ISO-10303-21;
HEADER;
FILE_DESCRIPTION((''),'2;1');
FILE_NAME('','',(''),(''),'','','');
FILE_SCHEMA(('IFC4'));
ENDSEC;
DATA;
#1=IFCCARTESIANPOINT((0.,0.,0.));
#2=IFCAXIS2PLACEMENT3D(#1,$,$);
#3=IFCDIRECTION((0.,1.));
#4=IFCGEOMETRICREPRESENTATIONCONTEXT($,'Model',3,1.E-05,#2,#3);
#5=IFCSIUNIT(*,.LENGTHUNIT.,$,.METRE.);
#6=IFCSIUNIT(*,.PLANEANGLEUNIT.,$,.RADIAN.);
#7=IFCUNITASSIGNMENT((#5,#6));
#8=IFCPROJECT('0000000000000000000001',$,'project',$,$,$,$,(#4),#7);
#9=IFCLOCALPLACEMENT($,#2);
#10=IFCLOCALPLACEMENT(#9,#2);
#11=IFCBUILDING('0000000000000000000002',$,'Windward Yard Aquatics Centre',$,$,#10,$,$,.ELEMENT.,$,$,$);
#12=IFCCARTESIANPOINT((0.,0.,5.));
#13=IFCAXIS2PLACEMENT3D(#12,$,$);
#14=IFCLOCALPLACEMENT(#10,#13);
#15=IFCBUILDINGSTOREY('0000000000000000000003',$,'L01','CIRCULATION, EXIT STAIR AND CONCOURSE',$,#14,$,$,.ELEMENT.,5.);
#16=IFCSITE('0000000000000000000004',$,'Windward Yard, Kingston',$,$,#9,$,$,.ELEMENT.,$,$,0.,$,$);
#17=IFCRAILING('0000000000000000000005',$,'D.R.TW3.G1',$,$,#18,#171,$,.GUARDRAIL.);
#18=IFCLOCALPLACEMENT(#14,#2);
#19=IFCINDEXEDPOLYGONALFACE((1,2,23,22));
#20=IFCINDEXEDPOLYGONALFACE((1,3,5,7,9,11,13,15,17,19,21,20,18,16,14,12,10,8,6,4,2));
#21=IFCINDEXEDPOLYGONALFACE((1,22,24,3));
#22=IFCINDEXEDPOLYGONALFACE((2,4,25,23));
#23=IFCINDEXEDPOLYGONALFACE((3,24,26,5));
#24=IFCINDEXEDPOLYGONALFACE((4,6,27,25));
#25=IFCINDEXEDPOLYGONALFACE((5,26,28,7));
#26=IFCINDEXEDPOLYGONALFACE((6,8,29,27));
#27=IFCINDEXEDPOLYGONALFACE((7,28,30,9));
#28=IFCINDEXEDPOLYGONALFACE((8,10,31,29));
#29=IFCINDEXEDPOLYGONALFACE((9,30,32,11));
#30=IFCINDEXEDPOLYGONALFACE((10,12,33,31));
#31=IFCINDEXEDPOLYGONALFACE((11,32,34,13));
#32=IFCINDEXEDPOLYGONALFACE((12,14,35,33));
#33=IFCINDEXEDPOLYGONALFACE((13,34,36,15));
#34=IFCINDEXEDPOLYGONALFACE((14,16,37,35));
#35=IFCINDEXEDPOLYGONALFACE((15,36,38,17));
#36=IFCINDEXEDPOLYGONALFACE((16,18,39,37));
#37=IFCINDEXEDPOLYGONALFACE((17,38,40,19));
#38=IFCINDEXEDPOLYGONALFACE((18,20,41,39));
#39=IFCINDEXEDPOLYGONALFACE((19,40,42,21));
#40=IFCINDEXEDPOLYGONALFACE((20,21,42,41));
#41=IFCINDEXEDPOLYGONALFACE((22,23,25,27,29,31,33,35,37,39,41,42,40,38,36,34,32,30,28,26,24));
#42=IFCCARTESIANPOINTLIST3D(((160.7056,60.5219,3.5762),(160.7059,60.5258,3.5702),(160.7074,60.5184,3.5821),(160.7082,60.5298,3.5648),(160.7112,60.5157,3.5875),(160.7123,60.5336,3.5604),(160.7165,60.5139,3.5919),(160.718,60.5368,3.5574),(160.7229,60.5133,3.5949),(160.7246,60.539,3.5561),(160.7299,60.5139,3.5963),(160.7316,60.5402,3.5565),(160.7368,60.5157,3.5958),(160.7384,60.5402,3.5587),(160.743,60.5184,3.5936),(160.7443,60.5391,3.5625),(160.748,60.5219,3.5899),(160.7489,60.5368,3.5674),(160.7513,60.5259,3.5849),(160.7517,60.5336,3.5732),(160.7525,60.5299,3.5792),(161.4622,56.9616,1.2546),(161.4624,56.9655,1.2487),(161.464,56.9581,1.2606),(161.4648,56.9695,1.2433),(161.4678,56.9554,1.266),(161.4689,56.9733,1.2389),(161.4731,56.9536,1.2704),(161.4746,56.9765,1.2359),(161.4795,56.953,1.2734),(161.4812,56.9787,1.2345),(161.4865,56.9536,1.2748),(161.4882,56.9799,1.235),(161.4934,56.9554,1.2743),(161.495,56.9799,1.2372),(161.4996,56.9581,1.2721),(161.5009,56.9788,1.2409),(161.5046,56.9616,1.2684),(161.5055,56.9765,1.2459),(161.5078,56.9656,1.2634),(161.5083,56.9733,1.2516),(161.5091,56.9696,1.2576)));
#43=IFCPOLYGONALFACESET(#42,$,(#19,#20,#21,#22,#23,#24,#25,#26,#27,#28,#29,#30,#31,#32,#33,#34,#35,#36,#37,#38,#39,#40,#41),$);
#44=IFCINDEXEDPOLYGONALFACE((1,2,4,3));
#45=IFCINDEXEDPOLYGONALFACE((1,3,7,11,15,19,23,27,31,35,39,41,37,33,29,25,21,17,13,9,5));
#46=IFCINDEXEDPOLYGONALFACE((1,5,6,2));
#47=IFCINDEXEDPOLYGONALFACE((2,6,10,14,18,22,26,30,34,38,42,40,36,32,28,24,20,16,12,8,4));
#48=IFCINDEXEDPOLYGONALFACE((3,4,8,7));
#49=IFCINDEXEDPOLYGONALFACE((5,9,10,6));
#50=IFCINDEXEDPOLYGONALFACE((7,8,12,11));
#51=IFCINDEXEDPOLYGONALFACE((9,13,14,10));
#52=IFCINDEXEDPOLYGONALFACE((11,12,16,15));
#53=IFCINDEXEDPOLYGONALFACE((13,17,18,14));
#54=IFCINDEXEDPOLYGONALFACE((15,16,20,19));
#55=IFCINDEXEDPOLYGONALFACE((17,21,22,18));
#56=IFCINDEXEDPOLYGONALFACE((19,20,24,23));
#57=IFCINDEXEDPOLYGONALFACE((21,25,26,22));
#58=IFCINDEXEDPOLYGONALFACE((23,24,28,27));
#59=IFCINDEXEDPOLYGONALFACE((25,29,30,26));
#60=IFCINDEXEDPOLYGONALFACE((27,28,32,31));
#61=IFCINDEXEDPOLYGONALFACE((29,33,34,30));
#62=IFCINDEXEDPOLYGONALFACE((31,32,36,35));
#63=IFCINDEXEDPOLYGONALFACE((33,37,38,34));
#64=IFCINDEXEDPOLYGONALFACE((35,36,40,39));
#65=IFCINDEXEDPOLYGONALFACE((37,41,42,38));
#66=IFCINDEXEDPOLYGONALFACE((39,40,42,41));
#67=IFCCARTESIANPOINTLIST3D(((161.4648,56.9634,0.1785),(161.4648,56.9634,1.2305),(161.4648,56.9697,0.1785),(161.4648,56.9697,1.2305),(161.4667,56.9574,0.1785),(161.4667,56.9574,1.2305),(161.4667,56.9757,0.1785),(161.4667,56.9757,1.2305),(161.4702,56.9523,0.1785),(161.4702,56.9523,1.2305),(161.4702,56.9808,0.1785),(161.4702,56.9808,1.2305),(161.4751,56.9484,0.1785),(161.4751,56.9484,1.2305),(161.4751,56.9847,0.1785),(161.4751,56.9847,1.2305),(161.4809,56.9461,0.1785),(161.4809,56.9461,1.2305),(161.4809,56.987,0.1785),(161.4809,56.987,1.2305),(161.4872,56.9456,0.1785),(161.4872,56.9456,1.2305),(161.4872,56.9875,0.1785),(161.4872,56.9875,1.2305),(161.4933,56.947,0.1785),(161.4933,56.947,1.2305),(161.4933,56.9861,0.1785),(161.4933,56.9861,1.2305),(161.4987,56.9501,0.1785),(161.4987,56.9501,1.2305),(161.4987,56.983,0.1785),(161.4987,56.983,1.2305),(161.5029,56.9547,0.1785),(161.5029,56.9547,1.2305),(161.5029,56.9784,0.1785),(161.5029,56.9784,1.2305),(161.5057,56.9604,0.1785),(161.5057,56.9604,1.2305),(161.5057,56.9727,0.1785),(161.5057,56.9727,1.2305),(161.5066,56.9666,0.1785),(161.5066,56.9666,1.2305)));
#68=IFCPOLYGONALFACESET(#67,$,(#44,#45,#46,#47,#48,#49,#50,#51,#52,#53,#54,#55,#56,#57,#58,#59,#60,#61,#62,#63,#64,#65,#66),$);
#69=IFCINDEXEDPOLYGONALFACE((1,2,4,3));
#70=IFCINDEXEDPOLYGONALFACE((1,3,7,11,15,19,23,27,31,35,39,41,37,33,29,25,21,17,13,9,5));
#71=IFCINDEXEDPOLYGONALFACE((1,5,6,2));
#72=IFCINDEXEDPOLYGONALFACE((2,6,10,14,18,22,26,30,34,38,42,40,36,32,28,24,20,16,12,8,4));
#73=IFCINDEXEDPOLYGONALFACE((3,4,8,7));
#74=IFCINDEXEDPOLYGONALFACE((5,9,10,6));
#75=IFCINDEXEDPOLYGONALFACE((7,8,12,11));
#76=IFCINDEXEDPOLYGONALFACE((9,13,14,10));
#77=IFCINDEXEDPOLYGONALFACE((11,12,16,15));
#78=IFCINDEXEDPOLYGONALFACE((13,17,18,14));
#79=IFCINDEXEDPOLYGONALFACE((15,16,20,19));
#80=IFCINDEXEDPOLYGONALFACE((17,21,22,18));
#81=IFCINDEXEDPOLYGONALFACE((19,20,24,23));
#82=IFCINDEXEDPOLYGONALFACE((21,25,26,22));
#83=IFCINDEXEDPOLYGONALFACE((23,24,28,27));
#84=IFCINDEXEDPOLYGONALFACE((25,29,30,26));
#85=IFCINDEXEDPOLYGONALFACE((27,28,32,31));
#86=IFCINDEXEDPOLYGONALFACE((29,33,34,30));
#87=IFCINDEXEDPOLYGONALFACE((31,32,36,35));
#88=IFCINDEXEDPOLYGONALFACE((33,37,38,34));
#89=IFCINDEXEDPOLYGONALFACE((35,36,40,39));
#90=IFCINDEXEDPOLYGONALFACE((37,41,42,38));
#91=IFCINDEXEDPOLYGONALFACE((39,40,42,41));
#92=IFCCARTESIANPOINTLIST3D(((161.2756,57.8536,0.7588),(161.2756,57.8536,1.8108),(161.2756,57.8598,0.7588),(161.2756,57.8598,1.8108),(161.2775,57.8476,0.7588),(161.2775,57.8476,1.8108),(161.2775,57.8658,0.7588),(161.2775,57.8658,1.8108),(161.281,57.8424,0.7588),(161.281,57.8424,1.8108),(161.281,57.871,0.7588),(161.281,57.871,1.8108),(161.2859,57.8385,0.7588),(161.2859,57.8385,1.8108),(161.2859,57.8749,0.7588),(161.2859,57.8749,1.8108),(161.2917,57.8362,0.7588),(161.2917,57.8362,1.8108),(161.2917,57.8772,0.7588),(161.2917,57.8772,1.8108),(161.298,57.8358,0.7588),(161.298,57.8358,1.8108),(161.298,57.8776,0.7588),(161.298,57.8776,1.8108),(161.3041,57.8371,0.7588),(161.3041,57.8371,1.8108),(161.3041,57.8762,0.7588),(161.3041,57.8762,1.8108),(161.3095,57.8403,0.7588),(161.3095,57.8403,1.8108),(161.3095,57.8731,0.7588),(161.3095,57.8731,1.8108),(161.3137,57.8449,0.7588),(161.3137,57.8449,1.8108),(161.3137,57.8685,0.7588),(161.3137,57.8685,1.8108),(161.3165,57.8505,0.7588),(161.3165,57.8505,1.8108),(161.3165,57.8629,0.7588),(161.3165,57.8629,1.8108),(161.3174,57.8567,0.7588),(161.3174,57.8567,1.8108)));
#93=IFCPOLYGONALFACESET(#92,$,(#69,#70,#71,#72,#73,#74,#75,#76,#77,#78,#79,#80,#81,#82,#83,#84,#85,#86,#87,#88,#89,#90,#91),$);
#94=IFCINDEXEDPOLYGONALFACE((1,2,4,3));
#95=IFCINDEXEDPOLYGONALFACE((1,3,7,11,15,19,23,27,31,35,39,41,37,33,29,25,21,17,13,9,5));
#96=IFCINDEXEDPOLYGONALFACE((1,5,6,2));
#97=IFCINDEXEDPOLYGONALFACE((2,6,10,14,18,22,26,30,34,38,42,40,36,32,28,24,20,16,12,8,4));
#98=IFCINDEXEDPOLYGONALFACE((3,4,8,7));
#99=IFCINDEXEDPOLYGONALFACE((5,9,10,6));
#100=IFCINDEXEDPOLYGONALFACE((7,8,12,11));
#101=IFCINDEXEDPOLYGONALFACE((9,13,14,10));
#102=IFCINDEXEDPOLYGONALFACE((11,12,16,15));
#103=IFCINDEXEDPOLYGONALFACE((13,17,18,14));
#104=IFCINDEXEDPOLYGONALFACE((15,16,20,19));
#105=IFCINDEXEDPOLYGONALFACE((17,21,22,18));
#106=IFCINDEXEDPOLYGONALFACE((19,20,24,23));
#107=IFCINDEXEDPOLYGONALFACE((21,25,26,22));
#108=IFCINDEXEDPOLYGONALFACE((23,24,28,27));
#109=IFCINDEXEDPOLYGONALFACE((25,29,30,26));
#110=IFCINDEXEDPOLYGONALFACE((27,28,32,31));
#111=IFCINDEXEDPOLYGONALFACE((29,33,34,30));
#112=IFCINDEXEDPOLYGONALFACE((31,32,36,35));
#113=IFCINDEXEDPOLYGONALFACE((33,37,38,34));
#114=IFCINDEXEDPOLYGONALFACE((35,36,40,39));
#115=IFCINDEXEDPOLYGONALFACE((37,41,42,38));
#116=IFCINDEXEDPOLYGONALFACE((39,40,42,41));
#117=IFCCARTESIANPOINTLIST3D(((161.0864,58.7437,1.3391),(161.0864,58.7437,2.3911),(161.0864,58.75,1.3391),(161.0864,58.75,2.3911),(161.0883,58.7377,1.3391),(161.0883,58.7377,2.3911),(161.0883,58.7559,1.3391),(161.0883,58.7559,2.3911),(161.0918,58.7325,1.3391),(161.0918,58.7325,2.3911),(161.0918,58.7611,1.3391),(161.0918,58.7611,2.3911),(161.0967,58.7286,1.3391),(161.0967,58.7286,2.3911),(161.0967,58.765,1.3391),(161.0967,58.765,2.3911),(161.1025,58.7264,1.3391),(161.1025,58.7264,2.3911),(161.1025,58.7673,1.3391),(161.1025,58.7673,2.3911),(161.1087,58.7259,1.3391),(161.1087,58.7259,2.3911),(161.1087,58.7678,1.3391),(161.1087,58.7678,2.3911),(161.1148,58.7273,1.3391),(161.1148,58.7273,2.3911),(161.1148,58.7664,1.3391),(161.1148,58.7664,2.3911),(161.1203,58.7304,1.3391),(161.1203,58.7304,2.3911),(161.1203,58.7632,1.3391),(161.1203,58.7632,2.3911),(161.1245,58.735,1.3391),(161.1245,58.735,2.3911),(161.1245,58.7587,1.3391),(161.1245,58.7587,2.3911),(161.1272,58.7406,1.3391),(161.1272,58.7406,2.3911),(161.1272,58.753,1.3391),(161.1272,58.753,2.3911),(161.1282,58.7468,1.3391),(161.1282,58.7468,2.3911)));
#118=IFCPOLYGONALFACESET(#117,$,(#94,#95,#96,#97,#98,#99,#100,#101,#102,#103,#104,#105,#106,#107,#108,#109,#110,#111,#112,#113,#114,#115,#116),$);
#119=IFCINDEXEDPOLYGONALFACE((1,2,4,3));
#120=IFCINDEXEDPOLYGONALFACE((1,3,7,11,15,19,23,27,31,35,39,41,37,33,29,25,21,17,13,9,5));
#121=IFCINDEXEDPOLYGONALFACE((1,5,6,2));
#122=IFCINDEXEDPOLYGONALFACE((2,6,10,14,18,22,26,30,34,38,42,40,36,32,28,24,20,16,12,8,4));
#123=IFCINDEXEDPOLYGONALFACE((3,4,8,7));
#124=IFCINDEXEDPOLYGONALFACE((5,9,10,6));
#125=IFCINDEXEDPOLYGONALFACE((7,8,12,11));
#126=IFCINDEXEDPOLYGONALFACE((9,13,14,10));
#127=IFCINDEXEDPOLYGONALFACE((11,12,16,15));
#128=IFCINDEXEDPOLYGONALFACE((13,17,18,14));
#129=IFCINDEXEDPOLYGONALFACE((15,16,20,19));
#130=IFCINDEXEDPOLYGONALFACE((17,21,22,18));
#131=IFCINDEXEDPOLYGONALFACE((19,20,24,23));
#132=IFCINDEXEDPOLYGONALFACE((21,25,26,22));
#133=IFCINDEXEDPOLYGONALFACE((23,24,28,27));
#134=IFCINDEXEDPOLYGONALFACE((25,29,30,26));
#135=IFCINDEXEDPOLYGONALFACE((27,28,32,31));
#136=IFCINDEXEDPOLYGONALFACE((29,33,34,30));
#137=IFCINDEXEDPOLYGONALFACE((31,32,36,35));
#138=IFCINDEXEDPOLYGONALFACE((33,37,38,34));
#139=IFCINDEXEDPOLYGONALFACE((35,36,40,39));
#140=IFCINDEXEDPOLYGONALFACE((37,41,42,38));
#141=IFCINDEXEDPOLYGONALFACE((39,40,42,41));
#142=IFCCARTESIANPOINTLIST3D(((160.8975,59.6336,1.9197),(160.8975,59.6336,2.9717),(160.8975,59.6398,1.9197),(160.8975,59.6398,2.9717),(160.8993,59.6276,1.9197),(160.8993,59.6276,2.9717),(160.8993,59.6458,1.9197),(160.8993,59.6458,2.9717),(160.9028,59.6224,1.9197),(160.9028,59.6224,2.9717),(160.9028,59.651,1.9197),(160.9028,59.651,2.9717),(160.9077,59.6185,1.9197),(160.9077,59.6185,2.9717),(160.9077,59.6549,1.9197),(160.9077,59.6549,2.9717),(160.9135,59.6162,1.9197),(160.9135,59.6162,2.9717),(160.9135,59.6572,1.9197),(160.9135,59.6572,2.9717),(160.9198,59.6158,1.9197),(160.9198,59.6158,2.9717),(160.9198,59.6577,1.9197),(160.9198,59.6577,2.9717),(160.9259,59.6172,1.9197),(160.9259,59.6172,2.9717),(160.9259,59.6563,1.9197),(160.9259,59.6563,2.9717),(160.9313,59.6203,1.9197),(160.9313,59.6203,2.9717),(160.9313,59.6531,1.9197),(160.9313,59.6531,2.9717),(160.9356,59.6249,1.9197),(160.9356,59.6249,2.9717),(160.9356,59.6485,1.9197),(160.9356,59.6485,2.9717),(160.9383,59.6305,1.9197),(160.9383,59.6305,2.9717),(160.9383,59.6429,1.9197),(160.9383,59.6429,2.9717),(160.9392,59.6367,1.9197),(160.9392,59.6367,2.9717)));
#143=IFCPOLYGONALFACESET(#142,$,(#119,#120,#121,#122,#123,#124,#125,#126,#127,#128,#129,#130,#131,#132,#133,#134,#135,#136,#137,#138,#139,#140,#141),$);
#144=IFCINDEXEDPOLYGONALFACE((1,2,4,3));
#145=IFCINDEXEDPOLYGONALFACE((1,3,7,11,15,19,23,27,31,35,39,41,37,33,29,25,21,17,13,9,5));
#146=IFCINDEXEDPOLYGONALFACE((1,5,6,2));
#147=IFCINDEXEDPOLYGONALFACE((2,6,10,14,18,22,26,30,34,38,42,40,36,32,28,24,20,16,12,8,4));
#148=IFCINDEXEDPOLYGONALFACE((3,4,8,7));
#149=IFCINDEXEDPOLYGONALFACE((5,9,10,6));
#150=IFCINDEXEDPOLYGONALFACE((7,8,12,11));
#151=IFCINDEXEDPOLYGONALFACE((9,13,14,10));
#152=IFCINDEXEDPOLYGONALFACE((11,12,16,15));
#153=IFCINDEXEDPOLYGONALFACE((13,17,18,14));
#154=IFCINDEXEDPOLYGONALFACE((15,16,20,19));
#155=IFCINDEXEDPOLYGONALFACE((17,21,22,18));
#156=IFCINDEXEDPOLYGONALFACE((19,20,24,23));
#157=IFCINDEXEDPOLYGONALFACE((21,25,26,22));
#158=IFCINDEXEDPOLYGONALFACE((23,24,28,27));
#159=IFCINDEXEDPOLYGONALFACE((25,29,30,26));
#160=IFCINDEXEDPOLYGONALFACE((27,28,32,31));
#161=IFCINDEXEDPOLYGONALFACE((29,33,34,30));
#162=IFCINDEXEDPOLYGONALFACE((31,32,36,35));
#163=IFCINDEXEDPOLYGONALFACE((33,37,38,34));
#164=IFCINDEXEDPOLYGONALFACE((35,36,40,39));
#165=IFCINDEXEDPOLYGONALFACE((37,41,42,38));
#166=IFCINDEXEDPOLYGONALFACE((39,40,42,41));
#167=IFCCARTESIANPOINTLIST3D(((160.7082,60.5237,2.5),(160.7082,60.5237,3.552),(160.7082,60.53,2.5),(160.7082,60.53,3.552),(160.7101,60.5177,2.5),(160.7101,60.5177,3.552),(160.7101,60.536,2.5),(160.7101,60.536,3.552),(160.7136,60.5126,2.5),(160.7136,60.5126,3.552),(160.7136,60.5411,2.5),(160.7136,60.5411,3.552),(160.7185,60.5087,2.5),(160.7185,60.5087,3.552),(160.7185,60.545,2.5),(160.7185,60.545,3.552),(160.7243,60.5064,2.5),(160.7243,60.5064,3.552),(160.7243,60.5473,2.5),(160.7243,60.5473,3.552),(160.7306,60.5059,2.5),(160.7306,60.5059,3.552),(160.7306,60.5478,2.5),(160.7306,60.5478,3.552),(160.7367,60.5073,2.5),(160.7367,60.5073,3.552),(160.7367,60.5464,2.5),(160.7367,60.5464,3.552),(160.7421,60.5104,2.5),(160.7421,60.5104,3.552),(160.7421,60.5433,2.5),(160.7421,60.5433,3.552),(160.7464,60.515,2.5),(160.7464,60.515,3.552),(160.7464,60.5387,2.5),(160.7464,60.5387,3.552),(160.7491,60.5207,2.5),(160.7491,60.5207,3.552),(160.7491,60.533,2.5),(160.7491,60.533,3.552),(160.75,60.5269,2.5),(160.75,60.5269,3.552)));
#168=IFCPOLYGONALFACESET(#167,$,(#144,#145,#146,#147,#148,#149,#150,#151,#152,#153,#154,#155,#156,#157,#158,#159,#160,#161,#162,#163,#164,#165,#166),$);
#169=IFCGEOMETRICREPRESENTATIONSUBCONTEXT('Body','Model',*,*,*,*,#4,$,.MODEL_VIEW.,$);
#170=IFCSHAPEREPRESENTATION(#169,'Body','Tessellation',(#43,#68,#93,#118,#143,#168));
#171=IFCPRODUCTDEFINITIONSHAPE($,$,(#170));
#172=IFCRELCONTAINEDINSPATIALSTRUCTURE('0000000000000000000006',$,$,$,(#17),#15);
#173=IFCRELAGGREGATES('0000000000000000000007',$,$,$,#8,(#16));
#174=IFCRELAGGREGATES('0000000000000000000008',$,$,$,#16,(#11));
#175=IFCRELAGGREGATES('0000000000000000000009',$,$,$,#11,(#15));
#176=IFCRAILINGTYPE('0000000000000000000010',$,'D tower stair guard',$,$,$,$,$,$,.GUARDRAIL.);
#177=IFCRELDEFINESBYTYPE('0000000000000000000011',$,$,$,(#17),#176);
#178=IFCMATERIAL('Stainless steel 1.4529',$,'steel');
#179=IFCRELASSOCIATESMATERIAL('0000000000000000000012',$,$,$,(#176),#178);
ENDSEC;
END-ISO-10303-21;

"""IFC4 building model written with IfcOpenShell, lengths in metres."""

from ifc_helpers import new_model, si_unit, direction, frame, origin, origin_2d, place, context, subcontext, project, spatial, circle, extrude, material, type_object, element, save


model = new_model("IFC4")

# Units and contexts
model_context = context("Model", 3, precision=1e-05, world=origin(), true_north=direction((0.0, 1.0)))
body_context = subcontext(model_context, "Body", "Model", "MODEL_VIEW")
ifc_project = project(units=[si_unit("LENGTHUNIT", "METRE"), si_unit("PLANEANGLEUNIT", "RADIAN")], contexts=[model_context])

# Site, building, storey
site_placement = place(None, origin())
site = spatial("IfcSite", under=ifc_project, at=site_placement, Name="Windward Yard, Kingston", CompositionType="ELEMENT", RefElevation=0.0)
building_placement = place(site_placement, origin())
building = spatial("IfcBuilding", under=site, at=building_placement, Name="Windward Yard Aquatics Centre", CompositionType="ELEMENT")
storey_placement = place(building_placement, frame((0.0, 0.0, 5.0)))
storey = spatial("IfcBuildingStorey", under=building, at=storey_placement, Name="L01", Description="CIRCULATION, EXIT STAIR AND CONCOURSE", CompositionType="ELEMENT", Elevation=5.0)

# Shared definitions
ifc_material_1 = material(Name="Stainless steel 1.4529", Category="steel")

# Railing
railing_type_1 = type_object("IfcRailingType", Name="D tower stair guard", PredefinedType="GUARDRAIL", material=ifc_material_1)
railing_1_placement = place(storey_placement, frame((161.4856, 56.9666, 0.1785)))
element("IfcRailing", 1, at=railing_1_placement, inside=storey, type_object=railing_type_1, Name="D.R.TW3.G1", PredefinedType="GUARDRAIL", context=body_context, shape_type="SweptSolid", body=[
    extrude(circle(Radius=0.0239, at=origin_2d()), frame((0.0, 0.0, 1.0762), z_axis=(-0.175253, 0.82469, 0.537748), x_axis=(-0.978157, -0.207866, 0.0)), (0.0, 0.0, 1.0), 4.3171),
    extrude(circle(Radius=0.021, at=origin_2d()), origin(), (0.0, 0.0, 1.0), 1.052),
    extrude(circle(Radius=0.021, at=origin_2d()), frame((-0.1892, 0.8901, 0.5803)), (0.0, 0.0, 1.0), 1.052),
    extrude(circle(Radius=0.021, at=origin_2d()), frame((-0.3784, 1.7803, 1.1606)), (0.0, 0.0, 1.0), 1.052),
    extrude(circle(Radius=0.021, at=origin_2d()), frame((-0.5674, 2.6702, 1.7412)), (0.0, 0.0, 1.0), 1.052),
    extrude(circle(Radius=0.021, at=origin_2d()), frame((-0.7566, 3.5603, 2.3215)), (0.0, 0.0, 1.0), 1.052),
])

save(model, "model.ifc")
